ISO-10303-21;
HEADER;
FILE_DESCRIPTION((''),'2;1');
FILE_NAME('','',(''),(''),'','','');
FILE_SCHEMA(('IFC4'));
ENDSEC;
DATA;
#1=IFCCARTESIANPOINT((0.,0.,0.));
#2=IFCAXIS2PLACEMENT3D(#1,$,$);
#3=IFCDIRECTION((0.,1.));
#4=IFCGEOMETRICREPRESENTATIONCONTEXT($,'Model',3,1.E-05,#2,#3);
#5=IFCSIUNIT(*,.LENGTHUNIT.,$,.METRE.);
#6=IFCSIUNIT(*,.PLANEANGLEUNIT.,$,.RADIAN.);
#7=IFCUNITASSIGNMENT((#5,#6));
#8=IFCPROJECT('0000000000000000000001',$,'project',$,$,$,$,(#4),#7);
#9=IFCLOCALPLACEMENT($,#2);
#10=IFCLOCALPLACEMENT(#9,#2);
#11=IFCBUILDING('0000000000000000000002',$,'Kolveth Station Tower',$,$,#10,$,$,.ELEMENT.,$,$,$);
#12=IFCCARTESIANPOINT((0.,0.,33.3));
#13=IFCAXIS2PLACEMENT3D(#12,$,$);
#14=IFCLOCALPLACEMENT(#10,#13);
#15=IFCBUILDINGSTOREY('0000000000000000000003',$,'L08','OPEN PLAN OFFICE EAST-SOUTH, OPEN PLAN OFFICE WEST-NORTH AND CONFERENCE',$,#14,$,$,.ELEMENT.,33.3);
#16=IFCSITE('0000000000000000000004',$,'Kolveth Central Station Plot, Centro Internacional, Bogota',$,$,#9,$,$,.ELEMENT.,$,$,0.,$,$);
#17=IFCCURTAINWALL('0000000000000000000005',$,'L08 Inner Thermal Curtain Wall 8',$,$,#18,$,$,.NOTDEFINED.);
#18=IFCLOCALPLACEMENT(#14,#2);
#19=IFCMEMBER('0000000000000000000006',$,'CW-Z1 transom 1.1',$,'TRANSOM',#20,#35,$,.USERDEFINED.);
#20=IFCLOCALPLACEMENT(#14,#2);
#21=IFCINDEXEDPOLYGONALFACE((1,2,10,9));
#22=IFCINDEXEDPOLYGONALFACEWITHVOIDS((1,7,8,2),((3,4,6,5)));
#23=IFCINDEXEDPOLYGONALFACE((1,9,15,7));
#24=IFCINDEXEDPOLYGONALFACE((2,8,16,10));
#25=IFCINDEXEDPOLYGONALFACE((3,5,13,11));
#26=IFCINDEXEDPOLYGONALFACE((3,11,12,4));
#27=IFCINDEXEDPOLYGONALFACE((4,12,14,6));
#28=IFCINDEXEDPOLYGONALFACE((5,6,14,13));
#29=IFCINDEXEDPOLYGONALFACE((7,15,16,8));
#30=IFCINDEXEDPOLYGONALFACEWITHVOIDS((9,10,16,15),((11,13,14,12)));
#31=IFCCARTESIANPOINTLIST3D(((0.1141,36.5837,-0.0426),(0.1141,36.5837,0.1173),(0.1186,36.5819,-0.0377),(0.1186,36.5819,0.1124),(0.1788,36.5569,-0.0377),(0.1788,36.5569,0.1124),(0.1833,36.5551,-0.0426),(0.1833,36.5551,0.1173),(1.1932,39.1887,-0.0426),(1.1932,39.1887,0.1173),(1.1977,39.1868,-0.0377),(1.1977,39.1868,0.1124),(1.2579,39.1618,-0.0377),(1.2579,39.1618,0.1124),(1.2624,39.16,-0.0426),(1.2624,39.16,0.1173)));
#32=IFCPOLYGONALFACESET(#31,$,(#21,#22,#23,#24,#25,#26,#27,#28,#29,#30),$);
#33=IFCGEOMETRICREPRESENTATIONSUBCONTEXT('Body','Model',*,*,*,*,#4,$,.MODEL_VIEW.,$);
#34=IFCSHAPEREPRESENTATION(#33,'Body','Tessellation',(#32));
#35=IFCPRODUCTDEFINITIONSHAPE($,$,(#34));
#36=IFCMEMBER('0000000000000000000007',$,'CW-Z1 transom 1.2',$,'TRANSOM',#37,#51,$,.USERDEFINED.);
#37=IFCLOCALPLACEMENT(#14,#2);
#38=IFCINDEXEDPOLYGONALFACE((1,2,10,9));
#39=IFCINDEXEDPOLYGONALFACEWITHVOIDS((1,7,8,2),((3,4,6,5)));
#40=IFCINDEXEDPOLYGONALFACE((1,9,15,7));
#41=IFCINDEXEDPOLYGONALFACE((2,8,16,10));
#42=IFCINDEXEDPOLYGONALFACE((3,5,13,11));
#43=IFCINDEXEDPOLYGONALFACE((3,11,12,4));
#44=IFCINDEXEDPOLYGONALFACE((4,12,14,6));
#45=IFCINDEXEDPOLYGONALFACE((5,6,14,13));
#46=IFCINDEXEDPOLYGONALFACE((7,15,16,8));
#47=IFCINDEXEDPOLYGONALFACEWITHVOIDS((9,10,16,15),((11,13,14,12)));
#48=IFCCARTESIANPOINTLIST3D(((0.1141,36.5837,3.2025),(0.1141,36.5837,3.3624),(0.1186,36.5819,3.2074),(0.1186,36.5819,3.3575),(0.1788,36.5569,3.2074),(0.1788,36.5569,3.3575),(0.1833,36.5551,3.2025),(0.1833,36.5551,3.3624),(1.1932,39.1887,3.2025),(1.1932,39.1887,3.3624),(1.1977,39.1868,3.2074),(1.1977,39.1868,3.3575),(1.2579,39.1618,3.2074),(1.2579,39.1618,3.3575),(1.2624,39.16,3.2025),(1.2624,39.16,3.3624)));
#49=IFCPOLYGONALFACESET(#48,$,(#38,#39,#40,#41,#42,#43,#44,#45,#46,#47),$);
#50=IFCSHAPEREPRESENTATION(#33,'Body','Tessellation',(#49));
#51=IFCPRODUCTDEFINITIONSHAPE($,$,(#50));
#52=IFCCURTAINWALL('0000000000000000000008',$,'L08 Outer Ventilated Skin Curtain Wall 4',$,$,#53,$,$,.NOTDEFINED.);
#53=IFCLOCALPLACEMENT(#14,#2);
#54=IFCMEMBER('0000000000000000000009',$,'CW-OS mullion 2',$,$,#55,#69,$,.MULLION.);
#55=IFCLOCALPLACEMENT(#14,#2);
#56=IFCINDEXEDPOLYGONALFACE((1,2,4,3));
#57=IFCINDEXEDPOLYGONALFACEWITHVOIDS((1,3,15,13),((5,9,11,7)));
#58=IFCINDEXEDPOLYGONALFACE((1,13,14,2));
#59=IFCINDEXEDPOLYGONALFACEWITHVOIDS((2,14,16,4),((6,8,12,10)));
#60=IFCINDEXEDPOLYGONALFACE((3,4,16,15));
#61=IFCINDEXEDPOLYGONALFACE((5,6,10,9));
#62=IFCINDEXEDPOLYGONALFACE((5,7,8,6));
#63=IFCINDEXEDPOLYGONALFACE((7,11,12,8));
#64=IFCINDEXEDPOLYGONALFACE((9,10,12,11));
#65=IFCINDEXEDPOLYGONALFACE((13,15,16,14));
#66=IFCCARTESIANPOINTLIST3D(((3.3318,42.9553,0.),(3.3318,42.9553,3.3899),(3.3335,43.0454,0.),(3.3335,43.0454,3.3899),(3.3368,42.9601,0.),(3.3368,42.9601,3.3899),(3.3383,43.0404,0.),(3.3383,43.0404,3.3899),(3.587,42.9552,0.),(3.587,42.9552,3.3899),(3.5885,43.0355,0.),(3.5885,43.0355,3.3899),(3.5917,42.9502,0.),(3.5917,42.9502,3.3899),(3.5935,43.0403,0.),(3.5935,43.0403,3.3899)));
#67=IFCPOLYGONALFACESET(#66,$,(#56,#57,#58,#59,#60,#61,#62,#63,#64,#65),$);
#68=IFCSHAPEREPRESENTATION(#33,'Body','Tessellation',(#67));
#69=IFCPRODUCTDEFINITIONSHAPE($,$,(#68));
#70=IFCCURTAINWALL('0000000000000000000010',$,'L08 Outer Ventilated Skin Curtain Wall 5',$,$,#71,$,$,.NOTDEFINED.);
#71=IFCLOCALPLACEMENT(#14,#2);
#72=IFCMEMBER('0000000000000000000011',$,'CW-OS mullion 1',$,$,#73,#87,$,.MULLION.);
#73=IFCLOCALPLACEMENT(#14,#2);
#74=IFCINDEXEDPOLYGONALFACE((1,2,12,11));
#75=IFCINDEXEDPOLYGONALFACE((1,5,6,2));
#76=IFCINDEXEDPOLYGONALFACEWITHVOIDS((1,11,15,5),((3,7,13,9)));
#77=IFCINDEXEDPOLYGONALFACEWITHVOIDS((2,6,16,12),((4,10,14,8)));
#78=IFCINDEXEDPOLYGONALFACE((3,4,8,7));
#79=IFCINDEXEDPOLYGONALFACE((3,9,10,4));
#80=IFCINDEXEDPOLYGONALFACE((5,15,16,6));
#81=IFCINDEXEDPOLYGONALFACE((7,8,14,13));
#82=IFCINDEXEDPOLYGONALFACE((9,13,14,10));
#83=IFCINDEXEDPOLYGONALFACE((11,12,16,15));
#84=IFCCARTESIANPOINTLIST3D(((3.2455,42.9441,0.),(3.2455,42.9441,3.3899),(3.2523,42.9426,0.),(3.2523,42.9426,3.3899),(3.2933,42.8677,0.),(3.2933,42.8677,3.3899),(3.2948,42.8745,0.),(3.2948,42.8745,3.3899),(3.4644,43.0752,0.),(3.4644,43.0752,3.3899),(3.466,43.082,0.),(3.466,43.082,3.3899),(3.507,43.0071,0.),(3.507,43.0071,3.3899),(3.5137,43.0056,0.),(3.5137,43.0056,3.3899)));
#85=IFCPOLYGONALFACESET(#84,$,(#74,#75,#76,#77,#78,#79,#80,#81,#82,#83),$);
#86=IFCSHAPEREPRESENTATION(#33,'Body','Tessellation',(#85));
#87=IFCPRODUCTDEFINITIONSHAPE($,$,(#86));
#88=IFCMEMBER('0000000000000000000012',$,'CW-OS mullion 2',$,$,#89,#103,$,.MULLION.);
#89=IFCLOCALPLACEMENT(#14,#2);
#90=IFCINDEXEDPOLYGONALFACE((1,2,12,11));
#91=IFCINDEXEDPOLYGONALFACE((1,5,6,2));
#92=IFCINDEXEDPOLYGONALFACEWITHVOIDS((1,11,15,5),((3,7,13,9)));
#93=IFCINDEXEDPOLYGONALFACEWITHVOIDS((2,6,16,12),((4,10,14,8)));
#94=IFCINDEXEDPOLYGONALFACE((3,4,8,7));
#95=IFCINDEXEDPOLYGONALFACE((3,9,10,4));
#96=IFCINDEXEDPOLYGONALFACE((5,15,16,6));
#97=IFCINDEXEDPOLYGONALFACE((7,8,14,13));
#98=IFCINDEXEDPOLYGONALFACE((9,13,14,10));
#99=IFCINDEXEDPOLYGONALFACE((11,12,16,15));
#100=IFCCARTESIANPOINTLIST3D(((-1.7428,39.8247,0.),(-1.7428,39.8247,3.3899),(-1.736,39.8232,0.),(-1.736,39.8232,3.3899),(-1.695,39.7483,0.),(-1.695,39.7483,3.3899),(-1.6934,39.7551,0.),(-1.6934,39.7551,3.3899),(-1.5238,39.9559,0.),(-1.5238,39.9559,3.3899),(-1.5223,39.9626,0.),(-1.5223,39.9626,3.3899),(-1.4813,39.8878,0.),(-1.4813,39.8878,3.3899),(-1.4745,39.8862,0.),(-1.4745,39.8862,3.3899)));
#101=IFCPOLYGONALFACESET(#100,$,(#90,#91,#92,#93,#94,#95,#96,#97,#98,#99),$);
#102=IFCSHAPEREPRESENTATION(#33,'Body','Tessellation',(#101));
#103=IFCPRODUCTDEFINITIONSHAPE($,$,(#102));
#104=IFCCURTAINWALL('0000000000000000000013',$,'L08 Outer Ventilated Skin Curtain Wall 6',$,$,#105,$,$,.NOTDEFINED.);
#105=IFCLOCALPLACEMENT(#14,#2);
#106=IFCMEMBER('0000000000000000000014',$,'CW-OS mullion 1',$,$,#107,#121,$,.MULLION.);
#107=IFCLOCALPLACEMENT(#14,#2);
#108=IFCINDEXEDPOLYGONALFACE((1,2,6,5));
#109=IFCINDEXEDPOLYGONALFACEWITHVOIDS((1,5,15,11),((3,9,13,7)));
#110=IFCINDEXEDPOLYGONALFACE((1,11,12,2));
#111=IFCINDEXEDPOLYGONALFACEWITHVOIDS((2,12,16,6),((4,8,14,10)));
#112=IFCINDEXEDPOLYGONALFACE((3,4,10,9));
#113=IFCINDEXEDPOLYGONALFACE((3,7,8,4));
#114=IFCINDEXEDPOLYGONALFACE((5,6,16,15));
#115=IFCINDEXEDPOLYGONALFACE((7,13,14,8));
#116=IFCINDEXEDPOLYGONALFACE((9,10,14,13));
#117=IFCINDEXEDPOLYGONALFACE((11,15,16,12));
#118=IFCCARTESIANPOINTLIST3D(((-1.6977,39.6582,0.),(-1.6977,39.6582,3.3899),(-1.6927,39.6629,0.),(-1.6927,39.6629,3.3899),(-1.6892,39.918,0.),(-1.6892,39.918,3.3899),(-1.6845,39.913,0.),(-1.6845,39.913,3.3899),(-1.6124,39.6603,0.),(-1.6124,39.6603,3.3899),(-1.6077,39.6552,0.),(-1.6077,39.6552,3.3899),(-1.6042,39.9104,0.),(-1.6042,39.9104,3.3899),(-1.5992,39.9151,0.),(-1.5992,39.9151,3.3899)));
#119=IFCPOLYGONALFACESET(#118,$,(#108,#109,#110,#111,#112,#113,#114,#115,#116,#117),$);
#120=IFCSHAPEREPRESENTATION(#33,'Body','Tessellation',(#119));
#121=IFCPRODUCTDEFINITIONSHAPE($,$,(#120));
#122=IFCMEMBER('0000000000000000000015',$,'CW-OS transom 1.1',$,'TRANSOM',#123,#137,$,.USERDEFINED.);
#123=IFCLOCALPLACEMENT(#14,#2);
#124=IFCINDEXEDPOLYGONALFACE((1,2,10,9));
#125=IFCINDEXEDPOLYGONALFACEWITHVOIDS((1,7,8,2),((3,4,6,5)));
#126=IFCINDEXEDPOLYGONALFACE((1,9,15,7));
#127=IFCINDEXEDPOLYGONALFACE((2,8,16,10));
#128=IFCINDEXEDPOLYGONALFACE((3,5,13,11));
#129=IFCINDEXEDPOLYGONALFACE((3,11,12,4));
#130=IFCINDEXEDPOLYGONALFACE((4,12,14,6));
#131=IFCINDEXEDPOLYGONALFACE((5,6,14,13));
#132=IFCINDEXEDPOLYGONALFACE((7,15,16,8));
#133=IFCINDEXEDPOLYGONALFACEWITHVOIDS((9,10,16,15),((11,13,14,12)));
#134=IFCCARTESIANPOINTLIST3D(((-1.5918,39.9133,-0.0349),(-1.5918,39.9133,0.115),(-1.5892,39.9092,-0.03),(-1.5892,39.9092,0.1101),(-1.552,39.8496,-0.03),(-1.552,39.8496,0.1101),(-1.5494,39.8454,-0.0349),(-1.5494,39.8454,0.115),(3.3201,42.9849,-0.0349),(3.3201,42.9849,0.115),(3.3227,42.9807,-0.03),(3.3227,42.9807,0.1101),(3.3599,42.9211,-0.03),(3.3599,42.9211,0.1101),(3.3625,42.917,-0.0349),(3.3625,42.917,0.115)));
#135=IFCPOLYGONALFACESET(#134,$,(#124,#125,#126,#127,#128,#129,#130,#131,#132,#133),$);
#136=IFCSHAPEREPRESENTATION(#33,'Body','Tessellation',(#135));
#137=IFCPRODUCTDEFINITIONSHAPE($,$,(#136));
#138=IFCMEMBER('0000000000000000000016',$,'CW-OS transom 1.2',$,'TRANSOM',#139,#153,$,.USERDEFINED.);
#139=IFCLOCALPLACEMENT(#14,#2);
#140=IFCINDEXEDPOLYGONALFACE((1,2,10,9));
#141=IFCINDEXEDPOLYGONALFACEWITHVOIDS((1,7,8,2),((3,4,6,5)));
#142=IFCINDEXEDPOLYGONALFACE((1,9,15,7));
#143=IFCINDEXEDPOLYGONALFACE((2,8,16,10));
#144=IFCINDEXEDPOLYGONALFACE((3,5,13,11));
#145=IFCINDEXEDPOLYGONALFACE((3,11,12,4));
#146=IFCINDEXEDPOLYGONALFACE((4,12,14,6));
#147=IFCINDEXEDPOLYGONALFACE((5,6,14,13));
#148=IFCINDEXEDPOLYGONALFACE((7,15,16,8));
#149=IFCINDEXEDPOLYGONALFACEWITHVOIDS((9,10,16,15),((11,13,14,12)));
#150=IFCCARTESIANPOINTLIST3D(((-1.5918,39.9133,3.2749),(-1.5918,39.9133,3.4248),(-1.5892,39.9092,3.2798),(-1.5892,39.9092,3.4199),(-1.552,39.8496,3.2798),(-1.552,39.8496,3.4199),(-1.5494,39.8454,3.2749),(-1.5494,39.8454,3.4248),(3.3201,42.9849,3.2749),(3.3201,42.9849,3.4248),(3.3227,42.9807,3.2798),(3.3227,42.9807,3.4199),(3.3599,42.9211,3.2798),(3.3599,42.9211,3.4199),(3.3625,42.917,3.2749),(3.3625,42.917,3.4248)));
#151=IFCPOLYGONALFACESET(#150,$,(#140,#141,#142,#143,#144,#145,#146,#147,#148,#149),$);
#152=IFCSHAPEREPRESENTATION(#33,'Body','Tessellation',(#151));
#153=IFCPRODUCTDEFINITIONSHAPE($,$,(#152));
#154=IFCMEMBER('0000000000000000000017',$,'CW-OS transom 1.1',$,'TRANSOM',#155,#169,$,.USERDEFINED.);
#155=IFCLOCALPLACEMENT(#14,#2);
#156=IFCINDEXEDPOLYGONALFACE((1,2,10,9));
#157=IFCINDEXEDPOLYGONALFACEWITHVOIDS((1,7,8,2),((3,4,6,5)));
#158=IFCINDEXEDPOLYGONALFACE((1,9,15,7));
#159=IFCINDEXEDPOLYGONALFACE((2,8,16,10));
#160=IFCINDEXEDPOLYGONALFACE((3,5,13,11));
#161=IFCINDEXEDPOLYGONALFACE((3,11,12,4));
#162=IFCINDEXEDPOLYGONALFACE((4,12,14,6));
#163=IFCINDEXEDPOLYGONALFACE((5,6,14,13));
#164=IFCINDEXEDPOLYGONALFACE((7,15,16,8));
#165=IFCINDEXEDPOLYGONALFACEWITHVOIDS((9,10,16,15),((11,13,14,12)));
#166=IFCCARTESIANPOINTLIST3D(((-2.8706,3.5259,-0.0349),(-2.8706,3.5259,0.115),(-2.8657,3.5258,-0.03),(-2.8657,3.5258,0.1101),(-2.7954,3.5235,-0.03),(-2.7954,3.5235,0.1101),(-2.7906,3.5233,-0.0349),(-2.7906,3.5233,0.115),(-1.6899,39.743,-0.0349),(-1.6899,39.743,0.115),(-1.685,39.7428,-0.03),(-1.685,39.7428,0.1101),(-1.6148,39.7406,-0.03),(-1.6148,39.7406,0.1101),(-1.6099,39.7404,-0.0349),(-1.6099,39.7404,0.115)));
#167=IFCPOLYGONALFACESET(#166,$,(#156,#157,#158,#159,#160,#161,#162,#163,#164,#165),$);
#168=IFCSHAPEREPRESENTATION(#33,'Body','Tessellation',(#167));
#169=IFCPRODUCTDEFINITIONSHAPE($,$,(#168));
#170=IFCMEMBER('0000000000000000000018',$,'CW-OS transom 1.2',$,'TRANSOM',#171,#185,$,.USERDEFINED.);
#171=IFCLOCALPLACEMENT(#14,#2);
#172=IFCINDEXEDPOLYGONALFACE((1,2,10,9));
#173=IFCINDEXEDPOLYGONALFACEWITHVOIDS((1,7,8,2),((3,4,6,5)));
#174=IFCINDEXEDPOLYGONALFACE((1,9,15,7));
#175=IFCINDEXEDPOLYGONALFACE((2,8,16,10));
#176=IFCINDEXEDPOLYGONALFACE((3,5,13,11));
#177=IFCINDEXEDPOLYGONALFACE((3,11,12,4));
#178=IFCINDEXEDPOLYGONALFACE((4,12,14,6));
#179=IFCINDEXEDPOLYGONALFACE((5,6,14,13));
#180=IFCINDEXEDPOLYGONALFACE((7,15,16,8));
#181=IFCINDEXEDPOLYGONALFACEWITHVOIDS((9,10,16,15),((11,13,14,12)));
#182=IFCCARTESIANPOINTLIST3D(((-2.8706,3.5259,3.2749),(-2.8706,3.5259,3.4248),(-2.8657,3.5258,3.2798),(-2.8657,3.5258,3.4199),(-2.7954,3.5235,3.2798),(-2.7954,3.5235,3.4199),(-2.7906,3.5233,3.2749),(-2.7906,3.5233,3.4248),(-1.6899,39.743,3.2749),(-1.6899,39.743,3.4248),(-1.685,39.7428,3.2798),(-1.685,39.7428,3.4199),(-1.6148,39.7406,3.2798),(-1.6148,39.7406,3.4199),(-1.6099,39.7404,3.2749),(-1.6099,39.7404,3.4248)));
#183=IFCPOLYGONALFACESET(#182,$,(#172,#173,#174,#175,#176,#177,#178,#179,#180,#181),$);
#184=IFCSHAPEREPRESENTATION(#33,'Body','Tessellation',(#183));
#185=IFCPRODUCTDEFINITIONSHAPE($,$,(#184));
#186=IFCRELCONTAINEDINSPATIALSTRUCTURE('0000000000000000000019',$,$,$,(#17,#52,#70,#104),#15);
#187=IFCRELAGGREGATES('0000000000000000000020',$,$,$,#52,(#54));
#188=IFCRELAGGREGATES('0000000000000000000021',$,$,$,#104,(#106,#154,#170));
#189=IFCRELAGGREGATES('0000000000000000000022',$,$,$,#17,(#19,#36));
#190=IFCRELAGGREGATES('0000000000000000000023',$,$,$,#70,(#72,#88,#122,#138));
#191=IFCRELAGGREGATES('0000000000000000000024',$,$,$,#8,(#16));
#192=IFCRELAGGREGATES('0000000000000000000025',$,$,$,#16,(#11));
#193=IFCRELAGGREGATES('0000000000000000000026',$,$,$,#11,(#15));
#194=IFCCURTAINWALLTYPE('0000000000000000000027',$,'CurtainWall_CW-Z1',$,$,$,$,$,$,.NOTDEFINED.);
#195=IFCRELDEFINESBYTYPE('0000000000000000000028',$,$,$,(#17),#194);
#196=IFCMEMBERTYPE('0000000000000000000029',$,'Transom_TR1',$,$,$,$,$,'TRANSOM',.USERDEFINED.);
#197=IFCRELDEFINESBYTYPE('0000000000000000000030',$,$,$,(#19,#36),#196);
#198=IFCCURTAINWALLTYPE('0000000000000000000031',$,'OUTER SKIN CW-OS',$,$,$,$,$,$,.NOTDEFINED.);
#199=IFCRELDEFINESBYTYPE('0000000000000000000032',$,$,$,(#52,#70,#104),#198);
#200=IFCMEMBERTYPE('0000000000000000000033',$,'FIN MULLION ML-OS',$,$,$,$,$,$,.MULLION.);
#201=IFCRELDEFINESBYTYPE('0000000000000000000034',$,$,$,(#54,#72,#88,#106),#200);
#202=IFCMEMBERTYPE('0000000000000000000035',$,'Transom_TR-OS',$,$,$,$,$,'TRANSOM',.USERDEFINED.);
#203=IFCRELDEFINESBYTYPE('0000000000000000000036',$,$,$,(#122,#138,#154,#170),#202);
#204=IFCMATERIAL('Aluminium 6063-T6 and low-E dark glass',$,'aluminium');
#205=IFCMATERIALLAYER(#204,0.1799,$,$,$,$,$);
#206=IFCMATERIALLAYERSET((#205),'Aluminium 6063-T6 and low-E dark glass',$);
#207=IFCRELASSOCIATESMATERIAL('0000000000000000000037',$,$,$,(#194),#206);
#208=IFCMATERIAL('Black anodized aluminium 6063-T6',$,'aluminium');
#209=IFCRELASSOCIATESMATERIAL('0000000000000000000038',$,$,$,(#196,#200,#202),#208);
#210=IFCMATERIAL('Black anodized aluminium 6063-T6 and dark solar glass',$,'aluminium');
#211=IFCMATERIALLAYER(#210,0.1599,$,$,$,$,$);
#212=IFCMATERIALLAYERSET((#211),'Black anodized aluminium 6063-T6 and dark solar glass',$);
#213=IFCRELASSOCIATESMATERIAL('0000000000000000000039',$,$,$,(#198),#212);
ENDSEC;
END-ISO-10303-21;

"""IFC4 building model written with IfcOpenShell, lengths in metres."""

from ifc_helpers import new_model, si_unit, direction, frame, origin, origin_2d, place, context, subcontext, project, spatial, hollow_rectangle, extrude, source, transform, mapped, material, layer, layer_set, material_profile, profile_set, type_object, element, aggregate, save


model = new_model("IFC4")

# Units and contexts
model_context = context("Model", 3, precision=1e-05, world=origin(), true_north=direction((0.0, 1.0)))
body_context = subcontext(model_context, "Body", "Model", "MODEL_VIEW")
ifc_project = project(units=[si_unit("LENGTHUNIT", "METRE"), si_unit("PLANEANGLEUNIT", "RADIAN")], contexts=[model_context])

# Site, building, storey
site_placement = place(None, origin())
site = spatial("IfcSite", under=ifc_project, at=site_placement, Name="Kolveth Central Station Plot, Centro Internacional, Bogota", CompositionType="ELEMENT", RefElevation=0.0)
building_placement = place(site_placement, origin())
building = spatial("IfcBuilding", under=site, at=building_placement, Name="Kolveth Station Tower", CompositionType="ELEMENT")
storey_placement = place(building_placement, frame((0.0, 0.0, 33.3)))
storey = spatial("IfcBuildingStorey", under=building, at=storey_placement, Name="L08", Description="OPEN PLAN OFFICE EAST-SOUTH, OPEN PLAN OFFICE WEST-NORTH AND CONFERENCE", CompositionType="ELEMENT", Elevation=33.3)

# Shared definitions
ifc_material_1 = material(Name="Aluminium 6063-T6 and low-E dark glass", Category="aluminium")
ifc_layer_1 = layer(ifc_material_1, 0.1799)
ifc_layer_set_1 = layer_set([ifc_layer_1], Name="Aluminium 6063-T6 and low-E dark glass")
curtain_wall_type_1 = type_object("IfcCurtainWallType", Name="CurtainWall_CW-Z1", PredefinedType="NOTDEFINED", material=ifc_layer_set_1)
ifc_material_2 = material(Name="Black anodized aluminium 6063-T6", Category="aluminium")

# Curtain wall
curtain_wall_1_placement = place(storey_placement, origin())
curtain_wall_1 = element("IfcCurtainWall", 1, at=curtain_wall_1_placement, inside=storey, type_object=curtain_wall_type_1, Name="L08 Inner Thermal Curtain Wall 8", PredefinedType="NOTDEFINED")

# Members
ifc_material_profile_1 = material_profile(ifc_material_2, hollow_rectangle(XDim=0.075, YDim=0.1599, WallThickness=0.0049, at=origin_2d()), Name="ALU-75x160x5")
ifc_profile_set_1 = profile_set([ifc_material_profile_1], Name="Black anodized aluminium 6063-T6")
member_type_1 = type_object("IfcMemberType", Name="Transom_TR1", ElementType="TRANSOM", PredefinedType="USERDEFINED", material=ifc_profile_set_1)
shared_shape_1 = source(origin(), body_context, "Body", "SweptSolid", [
    extrude(hollow_rectangle(XDim=0.075, YDim=0.1599, WallThickness=0.0049, at=origin_2d()), origin(), (0.0, 0.0, 1.0), 2.8196),
])
member_1_placement = place(storey_placement, frame((1.2278, 39.1743, 0.0374), z_axis=(-0.382709, -0.923869, 0.0), x_axis=(0.923869, -0.382709, 0.0)))
member_1 = element("IfcMember", 2, at=member_1_placement, type_object=member_type_1, Name="CW-Z1 transom 1.1", ObjectType="TRANSOM", PredefinedType="USERDEFINED", context=body_context, shape_type="MappedRepresentation", body=[
    mapped(shared_shape_1, transform((0.0, 0.0, 0.0), x_axis=(1.0, 0.0, 0.0), y_axis=(0.0, 1.0, 0.0), z_axis=(0.0, 0.0, 1.0), scale=1.0)),
])
member_2_placement = place(storey_placement, frame((1.2278, 39.1743, 3.2825), z_axis=(-0.382709, -0.923869, 0.0), x_axis=(0.923869, -0.382709, 0.0)))
member_2 = element("IfcMember", 3, at=member_2_placement, type_object=member_type_1, Name="CW-Z1 transom 1.2", ObjectType="TRANSOM", PredefinedType="USERDEFINED", context=body_context, shape_type="MappedRepresentation", body=[
    mapped(shared_shape_1, transform((0.0, 0.0, 0.0), x_axis=(1.0, 0.0, 0.0), y_axis=(0.0, 1.0, 0.0), z_axis=(0.0, 0.0, 1.0), scale=1.0)),
])

# Curtain wall, member
ifc_material_3 = material(Name="Black anodized aluminium 6063-T6 and dark solar glass", Category="aluminium")
ifc_layer_2 = layer(ifc_material_3, 0.1599)
ifc_layer_set_2 = layer_set([ifc_layer_2], Name="Black anodized aluminium 6063-T6 and dark solar glass")
curtain_wall_type_2 = type_object("IfcCurtainWallType", Name="OUTER SKIN CW-OS", PredefinedType="NOTDEFINED", material=ifc_layer_set_2)
curtain_wall_2_placement = place(storey_placement, origin())
curtain_wall_2 = element("IfcCurtainWall", 4, at=curtain_wall_2_placement, inside=storey, type_object=curtain_wall_type_2, Name="L08 Outer Ventilated Skin Curtain Wall 4", PredefinedType="NOTDEFINED")
ifc_material_profile_2 = material_profile(ifc_material_2, hollow_rectangle(XDim=0.0901, YDim=0.26, WallThickness=0.0049, at=origin_2d()), Name="ALU-90x260x5")
ifc_profile_set_2 = profile_set([ifc_material_profile_2], Name="Black anodized aluminium 6063-T6")
member_type_2 = type_object("IfcMemberType", Name="FIN MULLION ML-OS", PredefinedType="MULLION", material=ifc_profile_set_2)
shared_shape_2 = source(origin(), body_context, "Body", "SweptSolid", [
    extrude(hollow_rectangle(XDim=0.0901, YDim=0.26, WallThickness=0.0049, at=origin_2d()), origin(), (0.0, 0.0, 1.0), 3.3899),
])
member_3_placement = place(storey_placement, frame((3.4626, 42.9978, 0.0), z_axis=(0.0, 0.0, 1.0), x_axis=(-0.019602, -0.999808, 0.0)))
member_3 = element("IfcMember", 5, at=member_3_placement, type_object=member_type_2, Name="CW-OS mullion 2", PredefinedType="MULLION", context=body_context, shape_type="MappedRepresentation", body=[
    mapped(shared_shape_2, transform((0.0, 0.0, 0.0), x_axis=(1.0, 0.0, 0.0), y_axis=(0.0, 1.0, 0.0), z_axis=(0.0, 0.0, 1.0), scale=1.0)),
])
aggregate(curtain_wall_2, [member_3])

# Curtain wall, members
curtain_wall_3_placement = place(storey_placement, origin())
curtain_wall_3 = element("IfcCurtainWall", 6, at=curtain_wall_3_placement, inside=storey, type_object=curtain_wall_type_2, Name="L08 Outer Ventilated Skin Curtain Wall 5", PredefinedType="NOTDEFINED")
member_4_placement = place(storey_placement, frame((3.3796, 42.9749, 0.0), z_axis=(0.0, 0.0, 1.0), x_axis=(0.530195, -0.847876, 0.0)))
member_4 = element("IfcMember", 7, at=member_4_placement, type_object=member_type_2, Name="CW-OS mullion 1", PredefinedType="MULLION", context=body_context, shape_type="MappedRepresentation", body=[
    mapped(shared_shape_2, transform((0.0, 0.0, 0.0), x_axis=(1.0, 0.0, 0.0), y_axis=(0.0, 1.0, 0.0), z_axis=(0.0, 0.0, 1.0), scale=1.0)),
])
member_5_placement = place(storey_placement, frame((-1.6086, 39.8555, 0.0), z_axis=(0.0, 0.0, 1.0), x_axis=(0.530195, -0.847876, 0.0)))
member_5 = element("IfcMember", 8, at=member_5_placement, type_object=member_type_2, Name="CW-OS mullion 2", PredefinedType="MULLION", context=body_context, shape_type="MappedRepresentation", body=[
    mapped(shared_shape_2, transform((0.0, 0.0, 0.0), x_axis=(1.0, 0.0, 0.0), y_axis=(0.0, 1.0, 0.0), z_axis=(0.0, 0.0, 1.0), scale=1.0)),
])

# Curtain wall, member
curtain_wall_4_placement = place(storey_placement, origin())
curtain_wall_4 = element("IfcCurtainWall", 9, at=curtain_wall_4_placement, inside=storey, type_object=curtain_wall_type_2, Name="L08 Outer Ventilated Skin Curtain Wall 6", PredefinedType="NOTDEFINED")
member_6_placement = place(storey_placement, frame((-1.6484, 39.7866, 0.0), z_axis=(0.0, 0.0, 1.0), x_axis=(0.999469, -0.032584, 0.0)))
member_6 = element("IfcMember", 10, at=member_6_placement, type_object=member_type_2, Name="CW-OS mullion 1", PredefinedType="MULLION", context=body_context, shape_type="MappedRepresentation", body=[
    mapped(shared_shape_2, transform((0.0, 0.0, 0.0), x_axis=(1.0, 0.0, 0.0), y_axis=(0.0, 1.0, 0.0), z_axis=(0.0, 0.0, 1.0), scale=1.0)),
])

# Members
ifc_material_profile_3 = material_profile(ifc_material_2, hollow_rectangle(XDim=0.0801, YDim=0.1499, WallThickness=0.0049, at=origin_2d()), Name="ALU-80x150x5")
ifc_profile_set_3 = profile_set([ifc_material_profile_3], Name="Black anodized aluminium 6063-T6")
member_type_3 = type_object("IfcMemberType", Name="Transom_TR-OS", ElementType="TRANSOM", PredefinedType="USERDEFINED", material=ifc_profile_set_3)
shared_shape_3 = source(origin(), body_context, "Body", "SweptSolid", [
    extrude(hollow_rectangle(XDim=0.0801, YDim=0.1499, WallThickness=0.0049, at=origin_2d()), origin(), (0.0, 0.0, 1.0), 5.7932),
])
member_7_placement = place(storey_placement, frame((3.3413, 42.9509, 0.04), z_axis=(-0.847873, -0.5302, 0.0), x_axis=(0.5302, -0.847873, 0.0)))
member_7 = element("IfcMember", 11, at=member_7_placement, type_object=member_type_3, Name="CW-OS transom 1.1", ObjectType="TRANSOM", PredefinedType="USERDEFINED", context=body_context, shape_type="MappedRepresentation", body=[
    mapped(shared_shape_3, transform((0.0, 0.0, 0.0), x_axis=(1.0, 0.0, 0.0), y_axis=(0.0, 1.0, 0.0), z_axis=(0.0, 0.0, 1.0), scale=1.0)),
])
member_8_placement = place(storey_placement, frame((3.3413, 42.9509, 3.3499), z_axis=(-0.847873, -0.5302, 0.0), x_axis=(0.5302, -0.847873, 0.0)))
member_8 = element("IfcMember", 12, at=member_8_placement, type_object=member_type_3, Name="CW-OS transom 1.2", ObjectType="TRANSOM", PredefinedType="USERDEFINED", context=body_context, shape_type="MappedRepresentation", body=[
    mapped(shared_shape_3, transform((0.0, 0.0, 0.0), x_axis=(1.0, 0.0, 0.0), y_axis=(0.0, 1.0, 0.0), z_axis=(0.0, 0.0, 1.0), scale=1.0)),
])
shared_shape_4 = source(origin(), body_context, "Body", "SweptSolid", [
    extrude(hollow_rectangle(XDim=0.0801, YDim=0.1499, WallThickness=0.0049, at=origin_2d()), origin(), (0.0, 0.0, 1.0), 36.2363),
])
member_9_placement = place(storey_placement, frame((-1.6499, 39.7417, 0.04), z_axis=(-0.032582, -0.999469, 0.0), x_axis=(0.999469, -0.032582, 0.0)))
member_9 = element("IfcMember", 13, at=member_9_placement, type_object=member_type_3, Name="CW-OS transom 1.1", ObjectType="TRANSOM", PredefinedType="USERDEFINED", context=body_context, shape_type="MappedRepresentation", body=[
    mapped(shared_shape_4, transform((0.0, 0.0, 0.0), x_axis=(1.0, 0.0, 0.0), y_axis=(0.0, 1.0, 0.0), z_axis=(0.0, 0.0, 1.0), scale=1.0)),
])
member_10_placement = place(storey_placement, frame((-1.6499, 39.7417, 3.3499), z_axis=(-0.032582, -0.999469, 0.0), x_axis=(0.999469, -0.032582, 0.0)))
member_10 = element("IfcMember", 14, at=member_10_placement, type_object=member_type_3, Name="CW-OS transom 1.2", ObjectType="TRANSOM", PredefinedType="USERDEFINED", context=body_context, shape_type="MappedRepresentation", body=[
    mapped(shared_shape_4, transform((0.0, 0.0, 0.0), x_axis=(1.0, 0.0, 0.0), y_axis=(0.0, 1.0, 0.0), z_axis=(0.0, 0.0, 1.0), scale=1.0)),
])
aggregate(curtain_wall_4, [member_6, member_9, member_10])

aggregate(curtain_wall_1, [member_1, member_2])
aggregate(curtain_wall_3, [member_4, member_5, member_7, member_8])

save(model, "model.ifc")
